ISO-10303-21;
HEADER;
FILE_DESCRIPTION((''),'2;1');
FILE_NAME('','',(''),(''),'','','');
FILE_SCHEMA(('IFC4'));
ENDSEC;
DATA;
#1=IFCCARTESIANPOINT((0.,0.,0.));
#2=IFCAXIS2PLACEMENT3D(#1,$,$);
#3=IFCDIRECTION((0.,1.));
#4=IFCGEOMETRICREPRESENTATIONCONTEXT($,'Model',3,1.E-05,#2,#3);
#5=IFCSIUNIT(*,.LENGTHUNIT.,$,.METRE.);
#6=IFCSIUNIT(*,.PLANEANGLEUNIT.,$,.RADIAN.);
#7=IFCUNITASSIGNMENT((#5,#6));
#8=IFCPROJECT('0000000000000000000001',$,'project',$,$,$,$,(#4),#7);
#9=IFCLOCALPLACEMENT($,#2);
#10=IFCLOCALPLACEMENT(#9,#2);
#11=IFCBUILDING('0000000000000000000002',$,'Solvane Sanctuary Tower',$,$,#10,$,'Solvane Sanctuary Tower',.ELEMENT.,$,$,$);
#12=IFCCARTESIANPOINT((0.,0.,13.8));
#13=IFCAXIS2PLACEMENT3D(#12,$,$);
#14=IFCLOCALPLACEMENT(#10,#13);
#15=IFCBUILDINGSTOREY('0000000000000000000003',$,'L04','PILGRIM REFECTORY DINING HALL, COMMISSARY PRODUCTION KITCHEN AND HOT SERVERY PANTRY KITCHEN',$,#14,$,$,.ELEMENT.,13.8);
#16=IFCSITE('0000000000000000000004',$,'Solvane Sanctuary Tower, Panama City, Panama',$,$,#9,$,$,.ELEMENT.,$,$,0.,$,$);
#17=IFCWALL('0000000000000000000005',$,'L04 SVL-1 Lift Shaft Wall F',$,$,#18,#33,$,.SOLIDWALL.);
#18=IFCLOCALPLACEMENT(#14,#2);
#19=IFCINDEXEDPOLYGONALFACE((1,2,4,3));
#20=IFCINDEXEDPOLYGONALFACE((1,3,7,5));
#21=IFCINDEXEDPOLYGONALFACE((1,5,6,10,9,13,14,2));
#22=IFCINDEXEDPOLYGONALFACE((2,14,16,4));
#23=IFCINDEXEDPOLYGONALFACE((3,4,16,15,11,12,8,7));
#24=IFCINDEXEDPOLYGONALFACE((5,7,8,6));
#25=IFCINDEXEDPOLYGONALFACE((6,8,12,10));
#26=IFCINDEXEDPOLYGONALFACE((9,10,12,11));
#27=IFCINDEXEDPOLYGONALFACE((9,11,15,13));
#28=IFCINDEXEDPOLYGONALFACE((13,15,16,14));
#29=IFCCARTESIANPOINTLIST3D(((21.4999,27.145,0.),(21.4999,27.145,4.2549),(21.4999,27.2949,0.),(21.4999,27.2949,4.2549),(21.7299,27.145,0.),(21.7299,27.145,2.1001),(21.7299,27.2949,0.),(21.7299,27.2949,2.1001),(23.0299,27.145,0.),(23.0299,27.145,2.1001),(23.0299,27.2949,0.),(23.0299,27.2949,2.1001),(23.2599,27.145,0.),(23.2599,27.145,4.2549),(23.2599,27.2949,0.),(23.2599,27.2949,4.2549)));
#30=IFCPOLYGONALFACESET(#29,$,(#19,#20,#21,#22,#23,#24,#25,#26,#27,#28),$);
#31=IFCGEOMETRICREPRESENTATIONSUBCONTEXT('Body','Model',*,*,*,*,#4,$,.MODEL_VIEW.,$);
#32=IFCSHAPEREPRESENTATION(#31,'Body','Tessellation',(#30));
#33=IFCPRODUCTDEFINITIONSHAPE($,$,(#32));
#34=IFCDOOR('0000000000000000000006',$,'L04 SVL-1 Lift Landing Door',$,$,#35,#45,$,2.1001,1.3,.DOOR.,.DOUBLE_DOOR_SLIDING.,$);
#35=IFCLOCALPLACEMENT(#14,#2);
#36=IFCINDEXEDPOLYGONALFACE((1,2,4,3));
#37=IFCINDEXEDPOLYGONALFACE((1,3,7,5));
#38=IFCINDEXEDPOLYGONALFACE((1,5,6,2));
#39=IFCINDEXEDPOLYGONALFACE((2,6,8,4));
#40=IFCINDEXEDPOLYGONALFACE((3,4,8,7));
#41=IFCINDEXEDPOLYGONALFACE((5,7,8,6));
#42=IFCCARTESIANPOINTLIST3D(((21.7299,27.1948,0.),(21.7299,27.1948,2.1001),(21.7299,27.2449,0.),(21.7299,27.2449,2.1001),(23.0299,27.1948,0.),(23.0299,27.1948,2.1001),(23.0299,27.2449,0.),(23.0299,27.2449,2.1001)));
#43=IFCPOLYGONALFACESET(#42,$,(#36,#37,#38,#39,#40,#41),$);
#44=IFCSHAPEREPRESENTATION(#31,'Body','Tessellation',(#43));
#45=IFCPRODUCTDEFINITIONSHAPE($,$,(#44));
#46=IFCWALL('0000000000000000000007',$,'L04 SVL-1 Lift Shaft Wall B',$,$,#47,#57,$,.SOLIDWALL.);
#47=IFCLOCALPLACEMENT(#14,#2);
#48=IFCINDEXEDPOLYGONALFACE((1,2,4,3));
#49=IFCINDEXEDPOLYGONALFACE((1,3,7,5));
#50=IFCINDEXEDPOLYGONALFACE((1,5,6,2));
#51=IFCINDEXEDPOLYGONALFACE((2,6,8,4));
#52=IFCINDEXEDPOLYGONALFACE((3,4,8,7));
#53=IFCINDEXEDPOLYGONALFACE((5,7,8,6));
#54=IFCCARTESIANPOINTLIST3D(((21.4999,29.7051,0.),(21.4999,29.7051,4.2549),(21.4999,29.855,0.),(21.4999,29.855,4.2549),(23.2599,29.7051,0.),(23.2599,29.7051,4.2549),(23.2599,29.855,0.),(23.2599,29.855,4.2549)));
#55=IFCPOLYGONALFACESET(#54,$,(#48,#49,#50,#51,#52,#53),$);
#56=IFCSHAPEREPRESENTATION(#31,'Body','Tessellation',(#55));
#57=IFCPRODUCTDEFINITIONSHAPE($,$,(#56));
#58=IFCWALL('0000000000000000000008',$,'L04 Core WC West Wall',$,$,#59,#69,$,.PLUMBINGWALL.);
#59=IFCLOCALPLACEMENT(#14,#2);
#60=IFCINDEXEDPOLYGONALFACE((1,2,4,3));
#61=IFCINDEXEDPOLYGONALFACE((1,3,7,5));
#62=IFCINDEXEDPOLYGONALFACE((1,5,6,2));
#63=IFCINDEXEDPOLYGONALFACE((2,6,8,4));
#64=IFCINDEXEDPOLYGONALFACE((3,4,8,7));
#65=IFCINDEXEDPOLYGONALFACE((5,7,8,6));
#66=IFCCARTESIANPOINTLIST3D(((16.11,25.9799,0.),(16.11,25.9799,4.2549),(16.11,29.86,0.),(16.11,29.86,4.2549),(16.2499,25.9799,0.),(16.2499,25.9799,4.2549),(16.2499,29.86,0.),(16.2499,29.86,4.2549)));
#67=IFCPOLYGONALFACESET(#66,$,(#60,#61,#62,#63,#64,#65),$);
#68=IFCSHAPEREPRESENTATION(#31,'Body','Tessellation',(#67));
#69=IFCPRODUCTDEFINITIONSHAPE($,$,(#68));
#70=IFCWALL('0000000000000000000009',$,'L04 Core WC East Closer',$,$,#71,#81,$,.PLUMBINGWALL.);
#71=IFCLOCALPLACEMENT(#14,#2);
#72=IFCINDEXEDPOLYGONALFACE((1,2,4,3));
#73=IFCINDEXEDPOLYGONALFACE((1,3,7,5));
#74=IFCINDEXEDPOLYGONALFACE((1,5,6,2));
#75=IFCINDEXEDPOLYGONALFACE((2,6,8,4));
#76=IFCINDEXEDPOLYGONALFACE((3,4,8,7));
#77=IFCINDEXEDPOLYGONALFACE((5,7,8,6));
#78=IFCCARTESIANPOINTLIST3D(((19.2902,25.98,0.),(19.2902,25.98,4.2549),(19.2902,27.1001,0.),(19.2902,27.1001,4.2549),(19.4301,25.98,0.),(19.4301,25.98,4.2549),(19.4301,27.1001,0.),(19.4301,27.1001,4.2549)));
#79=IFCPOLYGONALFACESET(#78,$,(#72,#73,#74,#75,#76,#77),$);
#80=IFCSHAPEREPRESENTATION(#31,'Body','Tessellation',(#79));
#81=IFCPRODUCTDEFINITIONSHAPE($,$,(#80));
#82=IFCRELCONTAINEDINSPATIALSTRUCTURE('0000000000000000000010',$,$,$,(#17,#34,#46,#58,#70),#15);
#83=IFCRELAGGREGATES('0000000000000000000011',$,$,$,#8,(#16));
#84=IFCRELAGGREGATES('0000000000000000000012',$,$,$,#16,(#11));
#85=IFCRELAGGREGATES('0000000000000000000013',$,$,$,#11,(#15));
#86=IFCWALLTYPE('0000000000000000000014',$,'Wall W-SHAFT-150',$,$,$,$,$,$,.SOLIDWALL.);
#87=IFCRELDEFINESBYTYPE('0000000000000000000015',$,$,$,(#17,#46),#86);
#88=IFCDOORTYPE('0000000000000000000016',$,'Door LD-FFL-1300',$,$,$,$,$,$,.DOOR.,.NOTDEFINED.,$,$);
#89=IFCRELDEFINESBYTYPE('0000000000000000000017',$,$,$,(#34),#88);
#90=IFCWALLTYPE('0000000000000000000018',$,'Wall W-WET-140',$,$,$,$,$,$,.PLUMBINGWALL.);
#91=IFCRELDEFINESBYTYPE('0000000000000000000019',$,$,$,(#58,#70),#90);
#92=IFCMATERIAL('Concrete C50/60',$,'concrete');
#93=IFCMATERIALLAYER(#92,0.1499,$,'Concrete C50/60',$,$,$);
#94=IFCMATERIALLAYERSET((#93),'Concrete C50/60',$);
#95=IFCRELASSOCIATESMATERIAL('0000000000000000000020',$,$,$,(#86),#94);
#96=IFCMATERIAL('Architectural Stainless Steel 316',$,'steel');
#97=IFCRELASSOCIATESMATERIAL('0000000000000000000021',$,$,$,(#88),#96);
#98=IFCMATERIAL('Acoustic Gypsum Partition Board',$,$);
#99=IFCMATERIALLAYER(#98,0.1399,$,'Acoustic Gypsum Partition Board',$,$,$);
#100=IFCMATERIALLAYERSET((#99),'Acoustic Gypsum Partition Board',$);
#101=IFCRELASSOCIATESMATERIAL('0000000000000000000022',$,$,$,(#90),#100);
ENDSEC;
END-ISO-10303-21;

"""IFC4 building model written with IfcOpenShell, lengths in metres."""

from ifc_helpers import new_model, si_unit, direction, frame, frame_2d, origin, place, context, subcontext, project, spatial, rectangle, extrude, material, layer, layer_set, type_object, element, fill, save


model = new_model("IFC4")

# Units and contexts
model_context = context("Model", 3, precision=1e-05, world=origin(), true_north=direction((0.0, 1.0)))
body_context = subcontext(model_context, "Body", "Model", "MODEL_VIEW")
ifc_project = project(units=[si_unit("LENGTHUNIT", "METRE"), si_unit("PLANEANGLEUNIT", "RADIAN")], contexts=[model_context])

# Site, building, storey
site_placement = place(None, origin())
site = spatial("IfcSite", under=ifc_project, at=site_placement, Name="Solvane Sanctuary Tower, Panama City, Panama", CompositionType="ELEMENT", RefElevation=0.0)
building_placement = place(site_placement, origin())
building = spatial("IfcBuilding", under=site, at=building_placement, Name="Solvane Sanctuary Tower", LongName="Solvane Sanctuary Tower", CompositionType="ELEMENT")
storey_placement = place(building_placement, frame((0.0, 0.0, 13.8)))
storey = spatial("IfcBuildingStorey", under=building, at=storey_placement, Name="L04", Description="PILGRIM REFECTORY DINING HALL, COMMISSARY PRODUCTION KITCHEN AND HOT SERVERY PANTRY KITCHEN", CompositionType="ELEMENT", Elevation=13.8)

# Shared definitions
ifc_material_1 = material(Name="Concrete C50/60", Category="concrete")
ifc_layer_1 = layer(ifc_material_1, 0.1499, Name="Concrete C50/60")
ifc_layer_set_1 = layer_set([ifc_layer_1], Name="Concrete C50/60")
wall_type_1 = type_object("IfcWallType", Name="Wall W-SHAFT-150", PredefinedType="SOLIDWALL", material=ifc_layer_set_1)
ifc_material_2 = material(Name="Architectural Stainless Steel 316", Category="steel")
door_type = type_object("IfcDoorType", Name="Door LD-FFL-1300", OperationType="NOTDEFINED", PredefinedType="DOOR", material=ifc_material_2)

# Wall, opening, door
wall_1_placement = place(storey_placement, frame((21.5, 27.22, 0.0), z_axis=(0.0, 0.0, 1.0), x_axis=(1.0, 0.0, 0.0)))
wall_1 = element("IfcWall", 1, at=wall_1_placement, inside=storey, type_object=wall_type_1, Name="L04 SVL-1 Lift Shaft Wall F", PredefinedType="SOLIDWALL", context=body_context, shape_type="SweptSolid", body=[
    extrude(rectangle(XDim=1.76, YDim=0.1499, at=frame_2d((0.8799, 0.0))), origin(), (0.0, 0.0, 1.0), 4.2549),
])
opening_1_placement = place(wall_1_placement, frame((0.23, 0.0, 0.0)))
opening_1 = element("IfcOpeningElement", 2, at=opening_1_placement, cuts=wall_1, PredefinedType="OPENING", context=body_context, shape_type="SweptSolid", body=[
    extrude(rectangle(XDim=1.3, YDim=2.1001, at=frame_2d((0.6499, 1.05))), frame((0.0, 0.085, 0.0), z_axis=(0.0, -1.0, 0.0), x_axis=(1.0, 0.0, 0.0)), (0.0, 0.0, 1.0), 0.1699),
])
door_1_placement = place(opening_1_placement, origin())
door_1 = element("IfcDoor", 3, at=door_1_placement, inside=storey, type_object=door_type, Name="L04 SVL-1 Lift Landing Door", OperationType="DOUBLE_DOOR_SLIDING", OverallHeight=2.1001, OverallWidth=1.3, PredefinedType="DOOR", context=body_context, shape_type="SweptSolid", body=[
    extrude(rectangle(XDim=1.3, YDim=2.1001, at=frame_2d((0.6499, 1.05))), frame((0.0, 0.0249, 0.0), z_axis=(0.0, -1.0, 0.0), x_axis=(1.0, 0.0, 0.0)), (0.0, 0.0, 1.0), 0.05),
])
fill(opening_1, door_1)

# Walls
wall_2_placement = place(storey_placement, frame((21.5, 29.78, 0.0), z_axis=(0.0, 0.0, 1.0), x_axis=(1.0, 0.0, 0.0)))
element("IfcWall", 4, at=wall_2_placement, inside=storey, type_object=wall_type_1, Name="L04 SVL-1 Lift Shaft Wall B", PredefinedType="SOLIDWALL", context=body_context, shape_type="SweptSolid", body=[
    extrude(rectangle(XDim=1.76, YDim=0.1499, at=frame_2d((0.8799, 0.0))), origin(), (0.0, 0.0, 1.0), 4.2549),
])
ifc_material_3 = material(Name="Acoustic Gypsum Partition Board")
ifc_layer_2 = layer(ifc_material_3, 0.1399, Name="Acoustic Gypsum Partition Board")
ifc_layer_set_2 = layer_set([ifc_layer_2], Name="Acoustic Gypsum Partition Board")
wall_type_2 = type_object("IfcWallType", Name="Wall W-WET-140", PredefinedType="PLUMBINGWALL", material=ifc_layer_set_2)
wall_3_placement = place(storey_placement, frame((16.1799, 25.98, 0.0), z_axis=(0.0, 0.0, 1.0), x_axis=(0.0, 1.0, 0.0)))
element("IfcWall", 5, at=wall_3_placement, inside=storey, type_object=wall_type_2, Name="L04 Core WC West Wall", PredefinedType="PLUMBINGWALL", context=body_context, shape_type="SweptSolid", body=[
    extrude(rectangle(XDim=3.8801, YDim=0.1399, at=frame_2d((1.9399, 0.0))), origin(), (0.0, 0.0, 1.0), 4.2549),
])
wall_4_placement = place(storey_placement, frame((19.3601, 25.98, 0.0), z_axis=(0.0, 0.0, 1.0), x_axis=(0.0, 1.0, 0.0)))
element("IfcWall", 6, at=wall_4_placement, inside=storey, type_object=wall_type_2, Name="L04 Core WC East Closer", PredefinedType="PLUMBINGWALL", context=body_context, shape_type="SweptSolid", body=[
    extrude(rectangle(XDim=1.1201, YDim=0.1399, at=frame_2d((0.5601, 0.0))), origin(), (0.0, 0.0, 1.0), 4.2549),
])

save(model, "model.ifc")
